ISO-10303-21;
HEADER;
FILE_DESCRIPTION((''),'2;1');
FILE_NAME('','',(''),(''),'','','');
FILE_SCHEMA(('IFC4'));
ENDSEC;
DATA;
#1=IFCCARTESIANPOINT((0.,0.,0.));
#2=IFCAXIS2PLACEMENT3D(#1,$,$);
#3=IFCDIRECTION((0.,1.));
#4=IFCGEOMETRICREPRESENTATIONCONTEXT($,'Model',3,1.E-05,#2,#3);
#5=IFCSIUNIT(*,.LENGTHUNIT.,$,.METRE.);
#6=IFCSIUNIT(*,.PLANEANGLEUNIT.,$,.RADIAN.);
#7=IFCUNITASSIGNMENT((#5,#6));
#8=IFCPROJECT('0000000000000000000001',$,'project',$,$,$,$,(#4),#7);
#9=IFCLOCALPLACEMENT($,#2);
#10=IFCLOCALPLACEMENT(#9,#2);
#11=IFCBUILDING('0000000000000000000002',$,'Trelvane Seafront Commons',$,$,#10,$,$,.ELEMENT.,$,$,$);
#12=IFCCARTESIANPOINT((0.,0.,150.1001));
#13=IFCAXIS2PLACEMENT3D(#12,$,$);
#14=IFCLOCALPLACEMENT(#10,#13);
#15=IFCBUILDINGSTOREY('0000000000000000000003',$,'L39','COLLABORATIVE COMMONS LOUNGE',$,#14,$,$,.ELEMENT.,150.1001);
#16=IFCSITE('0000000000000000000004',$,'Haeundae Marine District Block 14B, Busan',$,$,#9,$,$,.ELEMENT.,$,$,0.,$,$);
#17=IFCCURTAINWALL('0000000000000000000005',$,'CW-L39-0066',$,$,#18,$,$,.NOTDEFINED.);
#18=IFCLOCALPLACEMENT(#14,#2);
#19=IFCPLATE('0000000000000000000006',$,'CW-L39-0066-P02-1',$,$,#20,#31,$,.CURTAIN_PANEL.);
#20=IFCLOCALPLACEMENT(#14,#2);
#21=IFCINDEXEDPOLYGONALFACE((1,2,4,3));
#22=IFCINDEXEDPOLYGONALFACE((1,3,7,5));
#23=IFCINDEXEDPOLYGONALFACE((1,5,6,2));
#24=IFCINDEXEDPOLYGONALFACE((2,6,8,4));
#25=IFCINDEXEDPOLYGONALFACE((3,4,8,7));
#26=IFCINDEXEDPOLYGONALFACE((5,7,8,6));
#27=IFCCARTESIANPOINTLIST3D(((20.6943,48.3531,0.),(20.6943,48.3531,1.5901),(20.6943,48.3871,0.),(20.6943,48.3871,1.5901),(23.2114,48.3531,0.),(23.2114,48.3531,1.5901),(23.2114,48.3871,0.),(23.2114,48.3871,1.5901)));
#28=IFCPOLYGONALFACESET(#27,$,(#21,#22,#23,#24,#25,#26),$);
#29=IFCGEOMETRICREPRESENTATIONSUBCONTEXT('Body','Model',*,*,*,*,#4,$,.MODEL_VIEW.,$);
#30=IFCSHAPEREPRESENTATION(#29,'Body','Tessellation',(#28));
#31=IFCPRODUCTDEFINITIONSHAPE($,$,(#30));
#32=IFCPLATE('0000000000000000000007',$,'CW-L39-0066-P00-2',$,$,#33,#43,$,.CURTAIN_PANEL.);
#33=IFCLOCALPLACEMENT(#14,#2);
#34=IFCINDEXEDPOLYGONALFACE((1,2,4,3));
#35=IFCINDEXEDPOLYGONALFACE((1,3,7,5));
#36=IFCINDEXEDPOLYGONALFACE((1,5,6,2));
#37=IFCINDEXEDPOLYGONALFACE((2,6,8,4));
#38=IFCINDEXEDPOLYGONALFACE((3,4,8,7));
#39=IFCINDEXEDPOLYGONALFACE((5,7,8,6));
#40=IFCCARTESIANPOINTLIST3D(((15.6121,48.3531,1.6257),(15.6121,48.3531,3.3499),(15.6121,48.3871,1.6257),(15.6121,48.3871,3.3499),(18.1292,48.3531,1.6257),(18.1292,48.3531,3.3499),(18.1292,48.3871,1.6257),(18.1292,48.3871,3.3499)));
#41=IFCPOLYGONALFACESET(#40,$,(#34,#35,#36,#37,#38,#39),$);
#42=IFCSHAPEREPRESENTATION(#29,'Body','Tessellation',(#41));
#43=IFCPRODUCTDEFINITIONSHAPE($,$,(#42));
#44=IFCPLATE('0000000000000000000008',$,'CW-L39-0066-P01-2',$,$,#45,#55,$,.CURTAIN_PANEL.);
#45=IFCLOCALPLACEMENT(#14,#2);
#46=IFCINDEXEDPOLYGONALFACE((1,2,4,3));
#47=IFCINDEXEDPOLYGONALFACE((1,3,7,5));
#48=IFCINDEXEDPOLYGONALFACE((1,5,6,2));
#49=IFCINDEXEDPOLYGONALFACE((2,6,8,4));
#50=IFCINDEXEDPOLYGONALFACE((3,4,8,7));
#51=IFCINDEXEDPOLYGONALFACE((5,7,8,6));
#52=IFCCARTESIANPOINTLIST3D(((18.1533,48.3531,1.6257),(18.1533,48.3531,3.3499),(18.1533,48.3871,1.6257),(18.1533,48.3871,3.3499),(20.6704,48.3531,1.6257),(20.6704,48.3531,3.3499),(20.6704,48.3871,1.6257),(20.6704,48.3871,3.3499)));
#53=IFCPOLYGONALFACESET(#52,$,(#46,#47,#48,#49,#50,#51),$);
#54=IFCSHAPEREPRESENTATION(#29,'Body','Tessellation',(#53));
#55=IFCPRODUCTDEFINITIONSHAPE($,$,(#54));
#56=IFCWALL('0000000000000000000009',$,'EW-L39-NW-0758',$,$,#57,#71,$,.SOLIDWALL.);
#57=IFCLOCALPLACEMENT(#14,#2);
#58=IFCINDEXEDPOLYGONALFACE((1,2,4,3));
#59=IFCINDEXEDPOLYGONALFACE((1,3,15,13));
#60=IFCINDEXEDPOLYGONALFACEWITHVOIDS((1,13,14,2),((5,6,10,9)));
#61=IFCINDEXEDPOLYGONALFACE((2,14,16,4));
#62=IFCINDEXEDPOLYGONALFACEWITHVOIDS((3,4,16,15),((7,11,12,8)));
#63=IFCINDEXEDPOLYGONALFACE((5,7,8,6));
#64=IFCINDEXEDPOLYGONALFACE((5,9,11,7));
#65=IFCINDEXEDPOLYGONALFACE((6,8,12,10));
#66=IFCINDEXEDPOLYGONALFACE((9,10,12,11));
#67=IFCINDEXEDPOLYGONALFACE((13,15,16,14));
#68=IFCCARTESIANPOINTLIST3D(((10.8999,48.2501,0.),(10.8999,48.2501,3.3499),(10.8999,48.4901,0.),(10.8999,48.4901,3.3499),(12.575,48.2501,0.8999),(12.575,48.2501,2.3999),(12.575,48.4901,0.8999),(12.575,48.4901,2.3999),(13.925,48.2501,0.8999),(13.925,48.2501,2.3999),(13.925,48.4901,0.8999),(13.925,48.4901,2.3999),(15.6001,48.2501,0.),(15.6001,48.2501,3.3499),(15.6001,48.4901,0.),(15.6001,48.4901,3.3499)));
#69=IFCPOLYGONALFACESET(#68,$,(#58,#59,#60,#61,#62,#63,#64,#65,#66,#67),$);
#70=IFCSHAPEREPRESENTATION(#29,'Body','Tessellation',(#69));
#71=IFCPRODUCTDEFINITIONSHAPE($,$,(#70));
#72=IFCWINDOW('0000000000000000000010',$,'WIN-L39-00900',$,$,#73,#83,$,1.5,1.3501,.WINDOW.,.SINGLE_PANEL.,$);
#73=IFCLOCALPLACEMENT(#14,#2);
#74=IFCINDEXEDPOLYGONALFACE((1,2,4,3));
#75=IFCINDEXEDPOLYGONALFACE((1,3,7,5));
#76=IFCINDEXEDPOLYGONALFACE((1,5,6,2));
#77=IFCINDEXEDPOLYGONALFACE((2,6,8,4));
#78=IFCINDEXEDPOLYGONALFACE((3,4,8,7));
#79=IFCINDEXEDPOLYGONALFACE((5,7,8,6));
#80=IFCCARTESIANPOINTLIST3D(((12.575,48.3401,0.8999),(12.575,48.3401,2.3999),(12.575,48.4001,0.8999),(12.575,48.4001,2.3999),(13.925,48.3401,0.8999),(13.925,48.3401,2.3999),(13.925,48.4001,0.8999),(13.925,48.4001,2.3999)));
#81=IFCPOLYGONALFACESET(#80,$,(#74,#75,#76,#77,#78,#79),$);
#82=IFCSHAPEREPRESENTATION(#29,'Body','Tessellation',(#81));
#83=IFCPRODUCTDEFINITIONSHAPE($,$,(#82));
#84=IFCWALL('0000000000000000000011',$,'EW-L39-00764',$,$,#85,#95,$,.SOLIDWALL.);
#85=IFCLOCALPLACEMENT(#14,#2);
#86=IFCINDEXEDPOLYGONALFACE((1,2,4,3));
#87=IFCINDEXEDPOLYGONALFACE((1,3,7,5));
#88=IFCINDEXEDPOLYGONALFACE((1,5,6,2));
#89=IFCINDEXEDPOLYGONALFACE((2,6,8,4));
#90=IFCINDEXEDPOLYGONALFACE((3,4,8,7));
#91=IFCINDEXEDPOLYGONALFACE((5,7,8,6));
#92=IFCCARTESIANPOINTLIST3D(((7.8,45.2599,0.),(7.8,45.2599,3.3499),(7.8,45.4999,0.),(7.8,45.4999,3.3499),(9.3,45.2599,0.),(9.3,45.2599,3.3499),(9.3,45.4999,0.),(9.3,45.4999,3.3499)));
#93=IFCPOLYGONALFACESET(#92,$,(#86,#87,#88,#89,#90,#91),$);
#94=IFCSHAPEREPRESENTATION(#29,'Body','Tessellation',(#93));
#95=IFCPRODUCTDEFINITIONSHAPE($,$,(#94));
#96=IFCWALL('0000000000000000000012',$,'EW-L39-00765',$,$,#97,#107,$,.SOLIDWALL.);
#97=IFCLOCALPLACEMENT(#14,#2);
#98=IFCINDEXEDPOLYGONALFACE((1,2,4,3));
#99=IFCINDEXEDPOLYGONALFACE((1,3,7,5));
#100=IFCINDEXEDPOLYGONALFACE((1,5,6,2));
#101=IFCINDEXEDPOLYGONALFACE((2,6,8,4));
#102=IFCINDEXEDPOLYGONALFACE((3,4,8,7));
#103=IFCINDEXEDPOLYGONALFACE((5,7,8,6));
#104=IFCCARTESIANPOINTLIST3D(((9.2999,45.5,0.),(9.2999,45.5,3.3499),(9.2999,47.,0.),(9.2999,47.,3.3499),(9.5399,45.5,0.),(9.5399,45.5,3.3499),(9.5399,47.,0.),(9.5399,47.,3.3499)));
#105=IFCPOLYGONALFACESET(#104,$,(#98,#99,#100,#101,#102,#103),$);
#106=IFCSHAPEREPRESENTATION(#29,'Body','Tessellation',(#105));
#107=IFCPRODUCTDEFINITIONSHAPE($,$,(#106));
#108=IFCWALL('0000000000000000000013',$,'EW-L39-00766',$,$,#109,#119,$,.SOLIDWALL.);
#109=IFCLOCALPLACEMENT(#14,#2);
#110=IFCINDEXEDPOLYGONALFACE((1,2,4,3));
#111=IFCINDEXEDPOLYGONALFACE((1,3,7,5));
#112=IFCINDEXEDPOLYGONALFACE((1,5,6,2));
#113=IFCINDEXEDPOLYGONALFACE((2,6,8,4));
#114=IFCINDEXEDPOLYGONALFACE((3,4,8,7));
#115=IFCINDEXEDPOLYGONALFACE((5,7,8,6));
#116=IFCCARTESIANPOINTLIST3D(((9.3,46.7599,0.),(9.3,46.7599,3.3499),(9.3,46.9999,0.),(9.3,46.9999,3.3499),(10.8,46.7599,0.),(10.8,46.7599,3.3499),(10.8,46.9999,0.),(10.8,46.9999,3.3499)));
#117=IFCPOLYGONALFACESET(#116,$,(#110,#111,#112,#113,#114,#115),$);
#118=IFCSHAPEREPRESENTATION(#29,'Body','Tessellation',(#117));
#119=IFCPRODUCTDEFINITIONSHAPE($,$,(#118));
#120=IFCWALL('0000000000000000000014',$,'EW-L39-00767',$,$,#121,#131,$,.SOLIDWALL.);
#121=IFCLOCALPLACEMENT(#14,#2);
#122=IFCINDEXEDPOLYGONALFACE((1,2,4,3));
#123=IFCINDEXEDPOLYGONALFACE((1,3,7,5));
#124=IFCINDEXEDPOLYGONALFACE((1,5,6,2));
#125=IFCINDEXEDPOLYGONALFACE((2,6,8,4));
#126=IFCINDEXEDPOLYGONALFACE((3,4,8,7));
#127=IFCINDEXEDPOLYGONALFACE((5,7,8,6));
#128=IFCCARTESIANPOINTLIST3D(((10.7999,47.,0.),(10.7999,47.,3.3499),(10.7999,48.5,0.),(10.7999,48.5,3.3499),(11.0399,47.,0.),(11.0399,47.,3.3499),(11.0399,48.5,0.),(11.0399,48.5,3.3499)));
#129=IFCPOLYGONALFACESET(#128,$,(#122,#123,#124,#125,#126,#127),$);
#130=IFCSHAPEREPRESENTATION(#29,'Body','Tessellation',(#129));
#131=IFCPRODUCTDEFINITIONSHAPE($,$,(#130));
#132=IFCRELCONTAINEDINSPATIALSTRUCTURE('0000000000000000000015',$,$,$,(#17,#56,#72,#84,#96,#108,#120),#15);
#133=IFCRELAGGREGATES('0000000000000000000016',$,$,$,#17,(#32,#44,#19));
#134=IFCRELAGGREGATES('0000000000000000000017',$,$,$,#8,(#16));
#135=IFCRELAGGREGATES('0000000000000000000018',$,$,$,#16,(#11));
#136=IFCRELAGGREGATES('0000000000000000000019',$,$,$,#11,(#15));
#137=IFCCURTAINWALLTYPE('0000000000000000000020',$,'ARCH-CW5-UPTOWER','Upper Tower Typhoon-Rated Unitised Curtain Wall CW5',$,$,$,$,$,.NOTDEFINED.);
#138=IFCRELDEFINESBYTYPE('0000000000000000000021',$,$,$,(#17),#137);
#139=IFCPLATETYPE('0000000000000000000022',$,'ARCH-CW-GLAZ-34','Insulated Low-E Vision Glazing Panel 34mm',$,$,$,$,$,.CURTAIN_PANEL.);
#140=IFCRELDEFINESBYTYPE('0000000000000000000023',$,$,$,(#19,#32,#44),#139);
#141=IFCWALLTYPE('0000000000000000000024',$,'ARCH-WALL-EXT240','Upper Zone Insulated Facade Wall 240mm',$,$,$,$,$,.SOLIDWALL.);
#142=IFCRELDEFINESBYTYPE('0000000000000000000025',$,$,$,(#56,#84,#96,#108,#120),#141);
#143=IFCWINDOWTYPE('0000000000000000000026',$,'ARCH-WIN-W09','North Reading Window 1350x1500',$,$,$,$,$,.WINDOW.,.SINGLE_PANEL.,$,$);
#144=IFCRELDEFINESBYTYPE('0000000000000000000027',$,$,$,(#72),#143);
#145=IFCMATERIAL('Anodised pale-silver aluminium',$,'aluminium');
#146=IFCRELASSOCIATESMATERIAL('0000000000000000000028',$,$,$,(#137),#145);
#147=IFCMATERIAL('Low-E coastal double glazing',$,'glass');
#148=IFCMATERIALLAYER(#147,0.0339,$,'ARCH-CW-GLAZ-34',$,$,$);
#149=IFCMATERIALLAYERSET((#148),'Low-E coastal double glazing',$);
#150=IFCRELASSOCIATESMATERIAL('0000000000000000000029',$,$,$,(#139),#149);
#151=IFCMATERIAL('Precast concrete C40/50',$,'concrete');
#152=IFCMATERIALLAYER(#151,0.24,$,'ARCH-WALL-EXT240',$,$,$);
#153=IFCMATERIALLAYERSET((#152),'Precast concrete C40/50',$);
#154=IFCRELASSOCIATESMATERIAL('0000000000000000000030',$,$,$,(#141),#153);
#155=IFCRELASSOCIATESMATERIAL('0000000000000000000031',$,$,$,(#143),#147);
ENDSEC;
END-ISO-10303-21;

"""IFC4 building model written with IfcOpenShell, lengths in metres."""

from ifc_helpers import new_model, si_unit, direction, frame, frame_2d, origin, origin_2d, place, context, subcontext, project, spatial, rectangle, extrude, source, transform, mapped, material, layer, layer_set, type_object, element, fill, aggregate, save


model = new_model("IFC4")

# Units and contexts
model_context = context("Model", 3, precision=1e-05, world=origin(), true_north=direction((0.0, 1.0)))
body_context = subcontext(model_context, "Body", "Model", "MODEL_VIEW")
ifc_project = project(units=[si_unit("LENGTHUNIT", "METRE"), si_unit("PLANEANGLEUNIT", "RADIAN")], contexts=[model_context])

# Site, building, storey
site_placement = place(None, origin())
site = spatial("IfcSite", under=ifc_project, at=site_placement, Name="Haeundae Marine District Block 14B, Busan", CompositionType="ELEMENT", RefElevation=0.0)
building_placement = place(site_placement, origin())
building = spatial("IfcBuilding", under=site, at=building_placement, Name="Trelvane Seafront Commons", CompositionType="ELEMENT")
storey_placement = place(building_placement, frame((0.0, 0.0, 150.1001)))
storey = spatial("IfcBuildingStorey", under=building, at=storey_placement, Name="L39", Description="COLLABORATIVE COMMONS LOUNGE", CompositionType="ELEMENT", Elevation=150.1001)

# Curtain wall
ifc_material_1 = material(Name="Anodised pale-silver aluminium", Category="aluminium")
curtain_wall_type = type_object("IfcCurtainWallType", Name="ARCH-CW5-UPTOWER", Description="Upper Tower Typhoon-Rated Unitised Curtain Wall CW5", PredefinedType="NOTDEFINED", material=ifc_material_1)
curtain_wall_placement = place(storey_placement, origin())
curtain_wall = element("IfcCurtainWall", 1, at=curtain_wall_placement, inside=storey, type_object=curtain_wall_type, Name="CW-L39-0066", PredefinedType="NOTDEFINED")

# Plates
ifc_material_2 = material(Name="Low-E coastal double glazing", Category="glass")
ifc_layer_1 = layer(ifc_material_2, 0.0339, Name="ARCH-CW-GLAZ-34")
ifc_layer_set_1 = layer_set([ifc_layer_1], Name="Low-E coastal double glazing")
plate_type_1 = type_object("IfcPlateType", Name="ARCH-CW-GLAZ-34", Description="Insulated Low-E Vision Glazing Panel 34mm", PredefinedType="CURTAIN_PANEL", material=ifc_layer_set_1)
shared_shape_1 = source(origin(), body_context, "Body", "SweptSolid", [
    extrude(rectangle(XDim=2.5171, YDim=0.0339, at=origin_2d()), origin(), (0.0, 0.0, 1.0), 1.5901),
])
plate_1_placement = place(storey_placement, frame((21.9529, 48.3701, 0.0), z_axis=(0.0, 0.0, 1.0), x_axis=(1.0, 0.0, 0.0)))
plate_1 = element("IfcPlate", 2, at=plate_1_placement, type_object=plate_type_1, Name="CW-L39-0066-P02-1", PredefinedType="CURTAIN_PANEL", context=body_context, shape_type="MappedRepresentation", body=[
    mapped(shared_shape_1, transform((0.0, 0.0, 0.0), x_axis=(1.0, 0.0, 0.0), y_axis=(0.0, 1.0, 0.0), z_axis=(0.0, 0.0, 1.0), scale=1.0)),
])
shared_shape_2 = source(origin(), body_context, "Body", "SweptSolid", [
    extrude(rectangle(XDim=2.5171, YDim=0.0339, at=origin_2d()), origin(), (0.0, 0.0, 1.0), 1.7241),
])
plate_2_placement = place(storey_placement, frame((16.8706, 48.3701, 1.6257), z_axis=(0.0, 0.0, 1.0), x_axis=(1.0, 0.0, 0.0)))
plate_2 = element("IfcPlate", 3, at=plate_2_placement, type_object=plate_type_1, Name="CW-L39-0066-P00-2", PredefinedType="CURTAIN_PANEL", context=body_context, shape_type="MappedRepresentation", body=[
    mapped(shared_shape_2, transform((0.0, 0.0, 0.0), x_axis=(1.0, 0.0, 0.0), y_axis=(0.0, 1.0, 0.0), z_axis=(0.0, 0.0, 1.0), scale=1.0)),
])
plate_3_placement = place(storey_placement, frame((19.4119, 48.3701, 1.6257), z_axis=(0.0, 0.0, 1.0), x_axis=(1.0, 0.0, 0.0)))
plate_3 = element("IfcPlate", 4, at=plate_3_placement, type_object=plate_type_1, Name="CW-L39-0066-P01-2", PredefinedType="CURTAIN_PANEL", context=body_context, shape_type="MappedRepresentation", body=[
    mapped(shared_shape_2, transform((0.0, 0.0, 0.0), x_axis=(1.0, 0.0, 0.0), y_axis=(0.0, 1.0, 0.0), z_axis=(0.0, 0.0, 1.0), scale=1.0)),
])
aggregate(curtain_wall, [plate_2, plate_3, plate_1])

# Wall, opening, window
ifc_material_3 = material(Name="Precast concrete C40/50", Category="concrete")
ifc_layer_2 = layer(ifc_material_3, 0.24, Name="ARCH-WALL-EXT240")
ifc_layer_set_2 = layer_set([ifc_layer_2], Name="Precast concrete C40/50")
wall_type = type_object("IfcWallType", Name="ARCH-WALL-EXT240", Description="Upper Zone Insulated Facade Wall 240mm", PredefinedType="SOLIDWALL", material=ifc_layer_set_2)
wall_placement = place(storey_placement, frame((10.8999, 48.3701, 0.0), z_axis=(0.0, 0.0, 1.0), x_axis=(1.0, 0.0, 0.0)))
wall = element("IfcWall", 5, at=wall_placement, inside=storey, type_object=wall_type, Name="EW-L39-NW-0758", PredefinedType="SOLIDWALL", context=body_context, shape_type="SweptSolid", body=[
    extrude(rectangle(XDim=4.7002, YDim=0.24, at=frame_2d((2.3501, 0.0))), origin(), (0.0, 0.0, 1.0), 3.3499),
])
opening_placement = place(wall_placement, frame((1.675, 0.0, 0.8999)))
opening = element("IfcOpeningElement", 6, at=opening_placement, cuts=wall, PredefinedType="OPENING", context=body_context, shape_type="SweptSolid", body=[
    extrude(rectangle(XDim=1.3501, YDim=1.5, at=frame_2d((0.675, 0.75))), frame((0.0, 0.1299, 0.0), z_axis=(0.0, -1.0, 0.0), x_axis=(1.0, 0.0, 0.0)), (0.0, 0.0, 1.0), 0.26),
])
window_type = type_object("IfcWindowType", Name="ARCH-WIN-W09", Description="North Reading Window 1350x1500", PartitioningType="SINGLE_PANEL", PredefinedType="WINDOW", material=ifc_material_2)
shared_shape_3 = source(origin(), body_context, "Body", "SweptSolid", [
    extrude(rectangle(XDim=1.3501, YDim=1.5, at=frame_2d((0.675, 0.75))), frame((0.0, 0.03, 0.0), z_axis=(0.0, -1.0, 0.0), x_axis=(1.0, 0.0, 0.0)), (0.0, 0.0, 1.0), 0.0601),
])
window_placement = place(opening_placement, origin())
window = element("IfcWindow", 7, at=window_placement, inside=storey, type_object=window_type, Name="WIN-L39-00900", OverallHeight=1.5, OverallWidth=1.3501, PartitioningType="SINGLE_PANEL", PredefinedType="WINDOW", context=body_context, shape_type="MappedRepresentation", body=[
    mapped(shared_shape_3, transform((0.0, 0.0, 0.0), x_axis=(1.0, 0.0, 0.0), y_axis=(0.0, 1.0, 0.0), z_axis=(0.0, 0.0, 1.0), scale=1.0)),
])
fill(opening, window)

# Walls
for number, where, z_axis, x_axis, name in (
    (8, (7.8, 45.3799, 0.0), (0.0, 0.0, 1.0), (1.0, 0.0, 0.0), "EW-L39-00764"),
    (9, (9.4199, 45.5, 0.0), (0.0, 0.0, 1.0), (0.0, 1.0, 0.0), "EW-L39-00765"),
    (10, (9.3, 46.8799, 0.0), (0.0, 0.0, 1.0), (1.0, 0.0, 0.0), "EW-L39-00766"),
    (11, (10.9199, 47.0, 0.0), (0.0, 0.0, 1.0), (0.0, 1.0, 0.0), "EW-L39-00767"),
):
    element("IfcWall", number, at=place(storey_placement, frame(where, z_axis=z_axis, x_axis=x_axis)), inside=storey, type_object=wall_type, Name=name, PredefinedType="SOLIDWALL", context=body_context, shape_type="SweptSolid", body=[
        extrude(rectangle(XDim=1.5, YDim=0.24, at=frame_2d((0.75, 0.0))), origin(), (0.0, 0.0, 1.0), 3.3499),
    ])

save(model, "model.ifc")
